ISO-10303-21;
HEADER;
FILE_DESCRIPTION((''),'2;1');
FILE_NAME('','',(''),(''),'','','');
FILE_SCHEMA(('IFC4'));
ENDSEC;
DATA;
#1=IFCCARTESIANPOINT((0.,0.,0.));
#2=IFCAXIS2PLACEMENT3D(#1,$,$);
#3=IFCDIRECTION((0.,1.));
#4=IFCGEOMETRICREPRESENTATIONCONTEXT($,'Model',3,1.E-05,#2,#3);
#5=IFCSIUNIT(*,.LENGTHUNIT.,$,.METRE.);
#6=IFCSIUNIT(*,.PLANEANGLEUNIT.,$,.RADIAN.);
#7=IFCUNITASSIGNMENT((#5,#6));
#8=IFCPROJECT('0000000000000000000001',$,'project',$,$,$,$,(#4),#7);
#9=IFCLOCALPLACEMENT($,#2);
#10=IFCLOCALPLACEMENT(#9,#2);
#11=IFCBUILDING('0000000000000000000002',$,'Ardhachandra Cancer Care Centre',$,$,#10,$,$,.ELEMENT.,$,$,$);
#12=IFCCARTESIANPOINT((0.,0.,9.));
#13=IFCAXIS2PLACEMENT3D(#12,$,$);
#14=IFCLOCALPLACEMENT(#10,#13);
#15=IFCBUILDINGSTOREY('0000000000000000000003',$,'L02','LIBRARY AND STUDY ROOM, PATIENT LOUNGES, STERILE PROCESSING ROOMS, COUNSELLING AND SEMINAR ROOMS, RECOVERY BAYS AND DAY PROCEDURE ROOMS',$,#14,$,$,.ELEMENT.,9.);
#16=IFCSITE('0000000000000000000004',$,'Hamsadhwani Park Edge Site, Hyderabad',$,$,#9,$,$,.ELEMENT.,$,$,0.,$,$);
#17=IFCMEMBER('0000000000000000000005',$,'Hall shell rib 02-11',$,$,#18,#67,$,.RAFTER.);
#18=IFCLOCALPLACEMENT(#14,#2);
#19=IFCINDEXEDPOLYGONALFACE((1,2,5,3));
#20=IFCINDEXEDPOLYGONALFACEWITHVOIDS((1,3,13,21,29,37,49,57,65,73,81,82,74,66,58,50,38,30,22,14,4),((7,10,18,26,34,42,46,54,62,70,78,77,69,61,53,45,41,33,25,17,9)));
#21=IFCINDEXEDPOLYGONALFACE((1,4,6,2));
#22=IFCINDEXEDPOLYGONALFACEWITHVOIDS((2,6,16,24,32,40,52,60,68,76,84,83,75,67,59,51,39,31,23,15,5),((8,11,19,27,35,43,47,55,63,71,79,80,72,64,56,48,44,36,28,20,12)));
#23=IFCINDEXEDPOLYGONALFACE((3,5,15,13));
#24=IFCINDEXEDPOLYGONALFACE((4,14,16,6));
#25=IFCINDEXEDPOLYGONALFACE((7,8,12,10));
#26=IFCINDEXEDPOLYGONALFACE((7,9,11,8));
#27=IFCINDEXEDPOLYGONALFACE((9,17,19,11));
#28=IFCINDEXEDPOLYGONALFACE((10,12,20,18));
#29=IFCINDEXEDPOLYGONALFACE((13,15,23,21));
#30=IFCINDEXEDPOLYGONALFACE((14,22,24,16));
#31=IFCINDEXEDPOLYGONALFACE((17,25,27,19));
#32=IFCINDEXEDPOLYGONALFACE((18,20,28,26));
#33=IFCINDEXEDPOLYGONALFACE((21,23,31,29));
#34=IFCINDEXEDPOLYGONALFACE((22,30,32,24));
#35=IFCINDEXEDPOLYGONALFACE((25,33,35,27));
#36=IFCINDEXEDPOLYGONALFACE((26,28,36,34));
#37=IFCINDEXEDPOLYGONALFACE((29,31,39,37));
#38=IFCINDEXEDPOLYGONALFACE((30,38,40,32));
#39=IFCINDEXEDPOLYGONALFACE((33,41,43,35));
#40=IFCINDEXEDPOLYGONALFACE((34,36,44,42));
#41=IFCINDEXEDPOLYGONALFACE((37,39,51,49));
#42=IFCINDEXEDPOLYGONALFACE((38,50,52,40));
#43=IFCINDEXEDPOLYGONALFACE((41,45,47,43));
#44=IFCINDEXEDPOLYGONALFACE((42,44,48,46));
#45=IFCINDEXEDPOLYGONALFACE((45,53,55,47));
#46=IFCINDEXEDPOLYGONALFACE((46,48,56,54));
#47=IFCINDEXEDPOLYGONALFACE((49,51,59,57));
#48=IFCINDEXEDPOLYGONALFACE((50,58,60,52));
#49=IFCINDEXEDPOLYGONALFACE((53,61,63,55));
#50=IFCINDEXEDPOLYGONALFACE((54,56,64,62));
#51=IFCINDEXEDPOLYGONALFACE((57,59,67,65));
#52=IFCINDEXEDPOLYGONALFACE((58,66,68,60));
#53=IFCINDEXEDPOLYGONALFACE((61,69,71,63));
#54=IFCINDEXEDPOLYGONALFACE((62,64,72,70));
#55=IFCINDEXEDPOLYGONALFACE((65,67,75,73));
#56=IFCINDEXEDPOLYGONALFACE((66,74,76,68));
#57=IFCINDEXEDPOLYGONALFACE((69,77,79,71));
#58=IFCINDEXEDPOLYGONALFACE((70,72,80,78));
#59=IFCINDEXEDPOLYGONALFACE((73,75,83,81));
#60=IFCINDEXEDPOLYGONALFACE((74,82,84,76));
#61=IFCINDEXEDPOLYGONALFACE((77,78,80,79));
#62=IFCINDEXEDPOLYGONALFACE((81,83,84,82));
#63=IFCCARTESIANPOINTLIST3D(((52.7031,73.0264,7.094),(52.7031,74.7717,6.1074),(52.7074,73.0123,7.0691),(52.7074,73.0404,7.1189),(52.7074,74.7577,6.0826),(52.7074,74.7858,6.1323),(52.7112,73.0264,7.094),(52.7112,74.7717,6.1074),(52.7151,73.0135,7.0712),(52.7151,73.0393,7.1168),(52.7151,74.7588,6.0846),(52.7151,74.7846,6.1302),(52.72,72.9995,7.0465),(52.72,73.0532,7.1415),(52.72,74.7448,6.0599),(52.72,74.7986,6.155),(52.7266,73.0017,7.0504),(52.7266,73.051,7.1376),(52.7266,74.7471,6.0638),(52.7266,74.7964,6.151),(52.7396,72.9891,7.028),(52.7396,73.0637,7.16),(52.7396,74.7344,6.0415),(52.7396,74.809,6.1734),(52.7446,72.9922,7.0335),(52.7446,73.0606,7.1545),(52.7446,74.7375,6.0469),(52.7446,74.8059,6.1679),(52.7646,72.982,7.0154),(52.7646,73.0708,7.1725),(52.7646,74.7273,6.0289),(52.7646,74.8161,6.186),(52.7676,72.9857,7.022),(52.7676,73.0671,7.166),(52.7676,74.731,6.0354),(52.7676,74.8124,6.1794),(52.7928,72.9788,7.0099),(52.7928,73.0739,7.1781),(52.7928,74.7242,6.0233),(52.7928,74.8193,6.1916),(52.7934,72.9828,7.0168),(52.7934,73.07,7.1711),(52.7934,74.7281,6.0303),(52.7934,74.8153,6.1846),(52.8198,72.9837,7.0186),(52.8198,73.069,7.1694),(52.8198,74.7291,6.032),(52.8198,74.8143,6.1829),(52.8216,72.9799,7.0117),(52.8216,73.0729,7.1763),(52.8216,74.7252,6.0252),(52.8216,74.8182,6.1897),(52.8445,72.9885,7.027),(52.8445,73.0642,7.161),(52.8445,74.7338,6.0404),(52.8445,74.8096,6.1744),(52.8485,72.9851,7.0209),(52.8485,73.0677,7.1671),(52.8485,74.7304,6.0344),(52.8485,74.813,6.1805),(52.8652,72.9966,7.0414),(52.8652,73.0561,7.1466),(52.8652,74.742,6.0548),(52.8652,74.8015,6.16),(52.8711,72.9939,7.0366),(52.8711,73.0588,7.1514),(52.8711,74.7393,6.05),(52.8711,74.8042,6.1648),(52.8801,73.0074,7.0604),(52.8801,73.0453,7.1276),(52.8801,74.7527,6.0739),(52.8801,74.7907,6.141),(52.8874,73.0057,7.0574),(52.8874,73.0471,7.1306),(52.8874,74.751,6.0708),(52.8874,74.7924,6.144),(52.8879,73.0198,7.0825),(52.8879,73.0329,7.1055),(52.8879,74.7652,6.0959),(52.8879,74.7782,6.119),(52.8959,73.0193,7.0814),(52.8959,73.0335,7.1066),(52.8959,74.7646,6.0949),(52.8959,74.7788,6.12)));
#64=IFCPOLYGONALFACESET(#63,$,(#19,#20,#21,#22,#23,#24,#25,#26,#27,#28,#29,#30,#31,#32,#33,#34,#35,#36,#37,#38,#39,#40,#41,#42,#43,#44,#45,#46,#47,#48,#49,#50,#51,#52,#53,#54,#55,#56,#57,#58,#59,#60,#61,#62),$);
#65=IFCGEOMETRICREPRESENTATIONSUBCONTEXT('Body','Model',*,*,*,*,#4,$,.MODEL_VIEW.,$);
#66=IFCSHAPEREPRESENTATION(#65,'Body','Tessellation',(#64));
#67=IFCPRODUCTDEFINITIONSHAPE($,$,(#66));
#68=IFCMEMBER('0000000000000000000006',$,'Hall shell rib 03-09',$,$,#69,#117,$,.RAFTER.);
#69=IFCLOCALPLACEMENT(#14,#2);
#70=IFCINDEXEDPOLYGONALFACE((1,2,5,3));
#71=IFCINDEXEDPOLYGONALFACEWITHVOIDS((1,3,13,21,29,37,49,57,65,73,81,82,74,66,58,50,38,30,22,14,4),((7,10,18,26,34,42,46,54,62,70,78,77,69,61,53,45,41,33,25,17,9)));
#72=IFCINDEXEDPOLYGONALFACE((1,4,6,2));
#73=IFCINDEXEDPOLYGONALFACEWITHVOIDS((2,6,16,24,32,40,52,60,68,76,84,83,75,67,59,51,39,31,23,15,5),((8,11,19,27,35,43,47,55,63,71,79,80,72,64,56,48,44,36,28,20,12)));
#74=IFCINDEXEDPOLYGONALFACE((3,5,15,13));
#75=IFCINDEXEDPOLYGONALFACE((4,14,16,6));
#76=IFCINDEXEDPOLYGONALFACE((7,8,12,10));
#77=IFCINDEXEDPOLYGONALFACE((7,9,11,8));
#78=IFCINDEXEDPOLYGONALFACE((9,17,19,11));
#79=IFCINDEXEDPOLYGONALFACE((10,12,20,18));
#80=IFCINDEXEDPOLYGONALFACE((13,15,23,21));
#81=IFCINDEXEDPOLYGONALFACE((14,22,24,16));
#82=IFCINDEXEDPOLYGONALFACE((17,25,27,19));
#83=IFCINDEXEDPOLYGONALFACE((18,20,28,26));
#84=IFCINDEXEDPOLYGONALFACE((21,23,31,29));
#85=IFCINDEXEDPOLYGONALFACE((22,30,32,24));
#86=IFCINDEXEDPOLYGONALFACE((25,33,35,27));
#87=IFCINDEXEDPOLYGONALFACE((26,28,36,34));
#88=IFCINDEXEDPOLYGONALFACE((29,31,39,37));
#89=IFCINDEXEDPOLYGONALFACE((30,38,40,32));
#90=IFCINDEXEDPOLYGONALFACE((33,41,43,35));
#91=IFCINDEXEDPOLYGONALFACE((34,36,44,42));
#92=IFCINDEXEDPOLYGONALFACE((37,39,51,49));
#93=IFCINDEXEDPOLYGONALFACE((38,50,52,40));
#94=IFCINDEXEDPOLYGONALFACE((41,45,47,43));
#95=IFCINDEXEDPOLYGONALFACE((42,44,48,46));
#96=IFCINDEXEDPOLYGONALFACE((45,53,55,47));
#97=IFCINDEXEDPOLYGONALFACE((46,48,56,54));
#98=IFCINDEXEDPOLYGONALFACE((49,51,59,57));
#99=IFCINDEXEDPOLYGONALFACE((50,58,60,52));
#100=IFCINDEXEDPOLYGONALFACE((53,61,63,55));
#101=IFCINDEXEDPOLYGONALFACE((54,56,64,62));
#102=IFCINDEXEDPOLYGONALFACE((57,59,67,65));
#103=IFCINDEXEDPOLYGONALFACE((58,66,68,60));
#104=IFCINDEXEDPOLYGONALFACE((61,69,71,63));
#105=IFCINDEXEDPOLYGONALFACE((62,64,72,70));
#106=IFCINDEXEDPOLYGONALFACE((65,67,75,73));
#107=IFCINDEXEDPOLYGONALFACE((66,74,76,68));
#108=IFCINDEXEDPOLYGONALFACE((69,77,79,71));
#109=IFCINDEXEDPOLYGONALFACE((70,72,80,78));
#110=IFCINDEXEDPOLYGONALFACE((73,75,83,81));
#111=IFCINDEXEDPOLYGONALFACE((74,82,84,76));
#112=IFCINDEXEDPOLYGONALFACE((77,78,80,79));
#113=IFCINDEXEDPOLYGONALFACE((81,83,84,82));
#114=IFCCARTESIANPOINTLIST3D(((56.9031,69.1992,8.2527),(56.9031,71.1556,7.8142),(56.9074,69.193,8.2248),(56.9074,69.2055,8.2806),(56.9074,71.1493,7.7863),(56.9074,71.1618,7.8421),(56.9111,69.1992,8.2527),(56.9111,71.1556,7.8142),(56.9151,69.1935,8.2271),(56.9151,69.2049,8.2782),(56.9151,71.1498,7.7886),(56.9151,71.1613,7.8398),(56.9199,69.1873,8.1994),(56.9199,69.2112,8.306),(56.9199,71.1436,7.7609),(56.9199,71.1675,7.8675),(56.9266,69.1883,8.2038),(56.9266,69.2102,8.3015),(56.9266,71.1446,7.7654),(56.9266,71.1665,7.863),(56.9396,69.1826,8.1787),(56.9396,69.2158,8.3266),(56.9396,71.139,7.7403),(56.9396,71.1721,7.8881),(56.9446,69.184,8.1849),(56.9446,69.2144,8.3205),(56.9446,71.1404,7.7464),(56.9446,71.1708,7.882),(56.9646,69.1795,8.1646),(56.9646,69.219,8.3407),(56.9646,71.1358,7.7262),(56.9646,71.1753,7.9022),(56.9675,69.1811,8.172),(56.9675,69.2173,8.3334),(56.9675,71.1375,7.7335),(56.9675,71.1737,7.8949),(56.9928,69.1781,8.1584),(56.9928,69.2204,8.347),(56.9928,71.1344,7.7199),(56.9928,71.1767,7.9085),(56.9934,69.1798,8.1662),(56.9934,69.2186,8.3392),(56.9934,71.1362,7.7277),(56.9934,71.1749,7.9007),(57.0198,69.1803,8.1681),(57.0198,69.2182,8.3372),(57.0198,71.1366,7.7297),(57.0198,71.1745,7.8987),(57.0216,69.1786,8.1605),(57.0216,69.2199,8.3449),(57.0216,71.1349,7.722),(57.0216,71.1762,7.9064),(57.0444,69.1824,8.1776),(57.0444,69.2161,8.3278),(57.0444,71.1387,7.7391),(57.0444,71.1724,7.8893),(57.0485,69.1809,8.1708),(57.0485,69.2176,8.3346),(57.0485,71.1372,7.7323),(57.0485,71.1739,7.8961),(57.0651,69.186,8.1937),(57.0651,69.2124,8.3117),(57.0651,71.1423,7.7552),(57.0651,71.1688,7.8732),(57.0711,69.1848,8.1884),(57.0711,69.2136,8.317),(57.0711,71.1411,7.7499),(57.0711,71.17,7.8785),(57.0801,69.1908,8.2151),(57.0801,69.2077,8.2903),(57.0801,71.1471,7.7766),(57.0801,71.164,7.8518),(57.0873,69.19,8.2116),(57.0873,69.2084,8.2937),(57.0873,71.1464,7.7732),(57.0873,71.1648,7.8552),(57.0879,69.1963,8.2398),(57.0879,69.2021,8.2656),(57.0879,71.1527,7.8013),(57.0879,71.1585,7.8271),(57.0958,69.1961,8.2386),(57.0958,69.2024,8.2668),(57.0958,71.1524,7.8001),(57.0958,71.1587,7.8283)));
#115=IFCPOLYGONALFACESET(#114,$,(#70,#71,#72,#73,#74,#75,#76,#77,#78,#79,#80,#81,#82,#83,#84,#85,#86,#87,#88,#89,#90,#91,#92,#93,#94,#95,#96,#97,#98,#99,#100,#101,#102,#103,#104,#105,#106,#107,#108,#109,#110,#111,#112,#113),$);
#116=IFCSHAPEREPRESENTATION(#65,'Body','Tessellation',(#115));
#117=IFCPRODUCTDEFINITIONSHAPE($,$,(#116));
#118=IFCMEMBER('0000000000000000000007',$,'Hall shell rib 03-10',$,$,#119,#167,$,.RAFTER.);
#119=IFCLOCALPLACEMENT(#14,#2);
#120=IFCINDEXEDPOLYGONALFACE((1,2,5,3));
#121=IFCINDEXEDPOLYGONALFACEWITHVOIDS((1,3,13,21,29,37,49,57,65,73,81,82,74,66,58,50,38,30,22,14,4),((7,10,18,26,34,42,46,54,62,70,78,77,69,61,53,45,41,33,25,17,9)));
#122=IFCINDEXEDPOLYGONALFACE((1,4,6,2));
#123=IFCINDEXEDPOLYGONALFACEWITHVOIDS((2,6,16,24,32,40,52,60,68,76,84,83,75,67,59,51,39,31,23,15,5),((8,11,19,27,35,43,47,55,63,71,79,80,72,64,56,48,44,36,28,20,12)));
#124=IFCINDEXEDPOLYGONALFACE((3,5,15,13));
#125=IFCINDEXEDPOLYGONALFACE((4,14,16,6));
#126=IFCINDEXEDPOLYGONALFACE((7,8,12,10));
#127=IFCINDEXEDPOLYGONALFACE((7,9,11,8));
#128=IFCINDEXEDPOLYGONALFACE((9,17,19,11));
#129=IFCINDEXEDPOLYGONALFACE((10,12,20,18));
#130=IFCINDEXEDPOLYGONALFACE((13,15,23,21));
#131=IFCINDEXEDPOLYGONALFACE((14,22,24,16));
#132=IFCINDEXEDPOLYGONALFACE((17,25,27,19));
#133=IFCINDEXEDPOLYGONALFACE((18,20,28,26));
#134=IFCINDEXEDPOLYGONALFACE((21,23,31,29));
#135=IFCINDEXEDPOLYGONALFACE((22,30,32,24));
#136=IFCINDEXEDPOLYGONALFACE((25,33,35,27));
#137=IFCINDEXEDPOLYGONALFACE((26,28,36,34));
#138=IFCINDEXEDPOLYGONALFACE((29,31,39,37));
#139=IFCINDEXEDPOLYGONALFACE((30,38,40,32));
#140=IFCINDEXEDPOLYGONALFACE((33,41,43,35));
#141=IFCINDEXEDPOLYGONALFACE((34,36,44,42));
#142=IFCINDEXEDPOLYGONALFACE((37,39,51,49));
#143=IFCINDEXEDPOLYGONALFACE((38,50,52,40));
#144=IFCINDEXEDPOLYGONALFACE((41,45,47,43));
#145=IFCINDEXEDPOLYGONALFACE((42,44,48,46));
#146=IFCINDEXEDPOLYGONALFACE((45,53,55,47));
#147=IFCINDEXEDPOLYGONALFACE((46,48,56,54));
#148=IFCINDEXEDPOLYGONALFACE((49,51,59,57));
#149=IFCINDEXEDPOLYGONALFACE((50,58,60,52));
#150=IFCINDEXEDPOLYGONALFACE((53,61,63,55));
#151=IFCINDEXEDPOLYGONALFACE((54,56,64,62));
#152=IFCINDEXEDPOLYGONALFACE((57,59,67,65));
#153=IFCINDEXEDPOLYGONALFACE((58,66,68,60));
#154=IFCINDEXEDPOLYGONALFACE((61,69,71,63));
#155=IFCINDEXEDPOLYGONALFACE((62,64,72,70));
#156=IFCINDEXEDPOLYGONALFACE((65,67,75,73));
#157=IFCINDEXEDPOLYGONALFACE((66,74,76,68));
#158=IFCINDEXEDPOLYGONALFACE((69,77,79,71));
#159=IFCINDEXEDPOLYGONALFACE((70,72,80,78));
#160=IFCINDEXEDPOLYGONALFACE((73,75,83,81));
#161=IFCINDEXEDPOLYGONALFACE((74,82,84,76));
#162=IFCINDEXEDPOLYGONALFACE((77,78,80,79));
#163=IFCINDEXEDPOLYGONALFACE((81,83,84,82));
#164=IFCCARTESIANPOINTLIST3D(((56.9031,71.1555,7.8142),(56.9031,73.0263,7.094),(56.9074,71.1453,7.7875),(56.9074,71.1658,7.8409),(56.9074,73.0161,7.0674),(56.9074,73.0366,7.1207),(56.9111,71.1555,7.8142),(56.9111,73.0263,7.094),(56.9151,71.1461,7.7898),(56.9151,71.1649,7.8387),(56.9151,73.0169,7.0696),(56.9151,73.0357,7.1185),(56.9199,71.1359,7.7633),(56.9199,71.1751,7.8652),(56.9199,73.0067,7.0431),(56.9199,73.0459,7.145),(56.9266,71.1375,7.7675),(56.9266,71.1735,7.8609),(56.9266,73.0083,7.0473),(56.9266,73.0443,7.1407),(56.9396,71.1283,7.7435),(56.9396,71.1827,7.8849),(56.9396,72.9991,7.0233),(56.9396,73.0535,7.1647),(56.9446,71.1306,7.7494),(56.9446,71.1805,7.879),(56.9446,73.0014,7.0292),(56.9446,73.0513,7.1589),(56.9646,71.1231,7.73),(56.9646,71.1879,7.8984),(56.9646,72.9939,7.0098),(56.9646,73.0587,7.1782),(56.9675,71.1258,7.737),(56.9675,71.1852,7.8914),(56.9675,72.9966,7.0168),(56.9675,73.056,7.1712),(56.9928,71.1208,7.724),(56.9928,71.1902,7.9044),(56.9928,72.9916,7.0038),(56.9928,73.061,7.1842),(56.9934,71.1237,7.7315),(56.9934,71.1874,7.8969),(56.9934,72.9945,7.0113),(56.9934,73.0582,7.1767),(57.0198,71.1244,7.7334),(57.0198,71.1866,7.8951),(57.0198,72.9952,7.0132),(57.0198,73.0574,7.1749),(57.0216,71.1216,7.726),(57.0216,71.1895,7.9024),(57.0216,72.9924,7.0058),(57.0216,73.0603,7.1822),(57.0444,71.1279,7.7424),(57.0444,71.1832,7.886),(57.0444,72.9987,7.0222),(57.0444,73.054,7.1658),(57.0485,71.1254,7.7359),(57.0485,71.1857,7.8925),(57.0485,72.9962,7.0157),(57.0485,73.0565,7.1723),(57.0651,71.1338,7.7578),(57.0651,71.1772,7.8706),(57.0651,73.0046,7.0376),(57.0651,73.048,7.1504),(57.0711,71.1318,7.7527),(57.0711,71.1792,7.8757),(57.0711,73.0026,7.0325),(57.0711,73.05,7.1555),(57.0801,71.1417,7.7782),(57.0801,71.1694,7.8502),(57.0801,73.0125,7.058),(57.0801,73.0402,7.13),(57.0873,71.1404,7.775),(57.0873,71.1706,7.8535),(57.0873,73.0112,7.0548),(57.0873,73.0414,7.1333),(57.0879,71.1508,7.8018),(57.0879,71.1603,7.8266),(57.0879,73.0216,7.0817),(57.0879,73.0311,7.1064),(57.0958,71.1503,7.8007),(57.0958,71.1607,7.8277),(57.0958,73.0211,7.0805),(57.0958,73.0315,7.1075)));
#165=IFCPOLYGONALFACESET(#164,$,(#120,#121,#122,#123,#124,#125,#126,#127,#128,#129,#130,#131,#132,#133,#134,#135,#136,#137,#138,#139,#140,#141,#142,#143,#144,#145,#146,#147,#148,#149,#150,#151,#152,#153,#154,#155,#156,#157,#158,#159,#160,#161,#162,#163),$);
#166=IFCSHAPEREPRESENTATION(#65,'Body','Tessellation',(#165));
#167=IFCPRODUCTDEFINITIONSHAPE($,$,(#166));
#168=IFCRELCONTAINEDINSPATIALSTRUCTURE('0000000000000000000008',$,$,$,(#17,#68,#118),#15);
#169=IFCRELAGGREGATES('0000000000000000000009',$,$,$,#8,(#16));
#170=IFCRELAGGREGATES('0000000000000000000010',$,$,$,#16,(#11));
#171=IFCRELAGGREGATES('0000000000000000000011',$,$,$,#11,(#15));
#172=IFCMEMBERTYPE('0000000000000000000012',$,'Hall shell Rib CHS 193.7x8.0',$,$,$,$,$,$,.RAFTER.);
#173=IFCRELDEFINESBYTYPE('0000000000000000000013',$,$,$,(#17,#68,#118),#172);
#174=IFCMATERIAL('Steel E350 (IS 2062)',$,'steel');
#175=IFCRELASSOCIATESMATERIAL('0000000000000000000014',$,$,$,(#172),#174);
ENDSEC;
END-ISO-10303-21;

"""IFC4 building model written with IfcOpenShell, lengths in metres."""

from ifc_helpers import new_model, si_unit, direction, frame, origin, origin_2d, place, context, subcontext, project, spatial, hollow_circle, extrude, material, material_profile, profile_set, type_object, element, save


model = new_model("IFC4")

# Units and contexts
model_context = context("Model", 3, precision=1e-05, world=origin(), true_north=direction((0.0, 1.0)))
body_context = subcontext(model_context, "Body", "Model", "MODEL_VIEW")
ifc_project = project(units=[si_unit("LENGTHUNIT", "METRE"), si_unit("PLANEANGLEUNIT", "RADIAN")], contexts=[model_context])

# Site, building, storey
site_placement = place(None, origin())
site = spatial("IfcSite", under=ifc_project, at=site_placement, Name="Hamsadhwani Park Edge Site, Hyderabad", CompositionType="ELEMENT", RefElevation=0.0)
building_placement = place(site_placement, origin())
building = spatial("IfcBuilding", under=site, at=building_placement, Name="Ardhachandra Cancer Care Centre", CompositionType="ELEMENT")
storey_placement = place(building_placement, frame((0.0, 0.0, 9.0)))
storey = spatial("IfcBuildingStorey", under=building, at=storey_placement, Name="L02", Description="LIBRARY AND STUDY ROOM, PATIENT LOUNGES, STERILE PROCESSING ROOMS, COUNSELLING AND SEMINAR ROOMS, RECOVERY BAYS AND DAY PROCEDURE ROOMS", CompositionType="ELEMENT", Elevation=9.0)

# Members
ifc_material_1 = material(Name="Steel E350 (IS 2062)", Category="steel")
ifc_material_profile_1 = material_profile(ifc_material_1, hollow_circle(Radius=0.0969, WallThickness=0.0081, at=origin_2d()), Name="CHS 193.7x8.0")
ifc_profile_set_1 = profile_set([ifc_material_profile_1], Name="Steel E350 (IS 2062)")
member_type_1 = type_object("IfcMemberType", Name="Hall shell Rib CHS 193.7x8.0", PredefinedType="RAFTER", material=ifc_profile_set_1)
for number, where, z_axis, x_axis, name in (
    (1, (52.8, 73.0264, 7.094), (0.0, 0.870549, -0.492081), (-1.0, 0.0, 0.0), "Hall shell rib 02-11"),
    (2, (57.0, 69.1992, 8.2527), (0.0, 0.97579, -0.218709), (-1.0, 0.0, 0.0), "Hall shell rib 03-09"),
):
    element("IfcMember", number, at=place(storey_placement, frame(where, z_axis=z_axis, x_axis=x_axis)), inside=storey, type_object=member_type_1, Name=name, PredefinedType="RAFTER", context=body_context, shape_type="SweptSolid", body=[
        extrude(hollow_circle(Radius=0.0969, WallThickness=0.0081, at=origin_2d()), origin(), (0.0, 0.0, 1.0), 2.0049),
    ])
member_1_placement = place(storey_placement, frame((57.0, 71.1555, 7.8142), z_axis=(0.0, 0.933236, -0.359265), x_axis=(-1.0, 0.0, 0.0)))
element("IfcMember", 3, at=member_1_placement, inside=storey, type_object=member_type_1, Name="Hall shell rib 03-10", PredefinedType="RAFTER", context=body_context, shape_type="SweptSolid", body=[
    extrude(hollow_circle(Radius=0.0969, WallThickness=0.0081, at=origin_2d()), origin(), (0.0, 0.0, 1.0), 2.0046),
])

save(model, "model.ifc")
